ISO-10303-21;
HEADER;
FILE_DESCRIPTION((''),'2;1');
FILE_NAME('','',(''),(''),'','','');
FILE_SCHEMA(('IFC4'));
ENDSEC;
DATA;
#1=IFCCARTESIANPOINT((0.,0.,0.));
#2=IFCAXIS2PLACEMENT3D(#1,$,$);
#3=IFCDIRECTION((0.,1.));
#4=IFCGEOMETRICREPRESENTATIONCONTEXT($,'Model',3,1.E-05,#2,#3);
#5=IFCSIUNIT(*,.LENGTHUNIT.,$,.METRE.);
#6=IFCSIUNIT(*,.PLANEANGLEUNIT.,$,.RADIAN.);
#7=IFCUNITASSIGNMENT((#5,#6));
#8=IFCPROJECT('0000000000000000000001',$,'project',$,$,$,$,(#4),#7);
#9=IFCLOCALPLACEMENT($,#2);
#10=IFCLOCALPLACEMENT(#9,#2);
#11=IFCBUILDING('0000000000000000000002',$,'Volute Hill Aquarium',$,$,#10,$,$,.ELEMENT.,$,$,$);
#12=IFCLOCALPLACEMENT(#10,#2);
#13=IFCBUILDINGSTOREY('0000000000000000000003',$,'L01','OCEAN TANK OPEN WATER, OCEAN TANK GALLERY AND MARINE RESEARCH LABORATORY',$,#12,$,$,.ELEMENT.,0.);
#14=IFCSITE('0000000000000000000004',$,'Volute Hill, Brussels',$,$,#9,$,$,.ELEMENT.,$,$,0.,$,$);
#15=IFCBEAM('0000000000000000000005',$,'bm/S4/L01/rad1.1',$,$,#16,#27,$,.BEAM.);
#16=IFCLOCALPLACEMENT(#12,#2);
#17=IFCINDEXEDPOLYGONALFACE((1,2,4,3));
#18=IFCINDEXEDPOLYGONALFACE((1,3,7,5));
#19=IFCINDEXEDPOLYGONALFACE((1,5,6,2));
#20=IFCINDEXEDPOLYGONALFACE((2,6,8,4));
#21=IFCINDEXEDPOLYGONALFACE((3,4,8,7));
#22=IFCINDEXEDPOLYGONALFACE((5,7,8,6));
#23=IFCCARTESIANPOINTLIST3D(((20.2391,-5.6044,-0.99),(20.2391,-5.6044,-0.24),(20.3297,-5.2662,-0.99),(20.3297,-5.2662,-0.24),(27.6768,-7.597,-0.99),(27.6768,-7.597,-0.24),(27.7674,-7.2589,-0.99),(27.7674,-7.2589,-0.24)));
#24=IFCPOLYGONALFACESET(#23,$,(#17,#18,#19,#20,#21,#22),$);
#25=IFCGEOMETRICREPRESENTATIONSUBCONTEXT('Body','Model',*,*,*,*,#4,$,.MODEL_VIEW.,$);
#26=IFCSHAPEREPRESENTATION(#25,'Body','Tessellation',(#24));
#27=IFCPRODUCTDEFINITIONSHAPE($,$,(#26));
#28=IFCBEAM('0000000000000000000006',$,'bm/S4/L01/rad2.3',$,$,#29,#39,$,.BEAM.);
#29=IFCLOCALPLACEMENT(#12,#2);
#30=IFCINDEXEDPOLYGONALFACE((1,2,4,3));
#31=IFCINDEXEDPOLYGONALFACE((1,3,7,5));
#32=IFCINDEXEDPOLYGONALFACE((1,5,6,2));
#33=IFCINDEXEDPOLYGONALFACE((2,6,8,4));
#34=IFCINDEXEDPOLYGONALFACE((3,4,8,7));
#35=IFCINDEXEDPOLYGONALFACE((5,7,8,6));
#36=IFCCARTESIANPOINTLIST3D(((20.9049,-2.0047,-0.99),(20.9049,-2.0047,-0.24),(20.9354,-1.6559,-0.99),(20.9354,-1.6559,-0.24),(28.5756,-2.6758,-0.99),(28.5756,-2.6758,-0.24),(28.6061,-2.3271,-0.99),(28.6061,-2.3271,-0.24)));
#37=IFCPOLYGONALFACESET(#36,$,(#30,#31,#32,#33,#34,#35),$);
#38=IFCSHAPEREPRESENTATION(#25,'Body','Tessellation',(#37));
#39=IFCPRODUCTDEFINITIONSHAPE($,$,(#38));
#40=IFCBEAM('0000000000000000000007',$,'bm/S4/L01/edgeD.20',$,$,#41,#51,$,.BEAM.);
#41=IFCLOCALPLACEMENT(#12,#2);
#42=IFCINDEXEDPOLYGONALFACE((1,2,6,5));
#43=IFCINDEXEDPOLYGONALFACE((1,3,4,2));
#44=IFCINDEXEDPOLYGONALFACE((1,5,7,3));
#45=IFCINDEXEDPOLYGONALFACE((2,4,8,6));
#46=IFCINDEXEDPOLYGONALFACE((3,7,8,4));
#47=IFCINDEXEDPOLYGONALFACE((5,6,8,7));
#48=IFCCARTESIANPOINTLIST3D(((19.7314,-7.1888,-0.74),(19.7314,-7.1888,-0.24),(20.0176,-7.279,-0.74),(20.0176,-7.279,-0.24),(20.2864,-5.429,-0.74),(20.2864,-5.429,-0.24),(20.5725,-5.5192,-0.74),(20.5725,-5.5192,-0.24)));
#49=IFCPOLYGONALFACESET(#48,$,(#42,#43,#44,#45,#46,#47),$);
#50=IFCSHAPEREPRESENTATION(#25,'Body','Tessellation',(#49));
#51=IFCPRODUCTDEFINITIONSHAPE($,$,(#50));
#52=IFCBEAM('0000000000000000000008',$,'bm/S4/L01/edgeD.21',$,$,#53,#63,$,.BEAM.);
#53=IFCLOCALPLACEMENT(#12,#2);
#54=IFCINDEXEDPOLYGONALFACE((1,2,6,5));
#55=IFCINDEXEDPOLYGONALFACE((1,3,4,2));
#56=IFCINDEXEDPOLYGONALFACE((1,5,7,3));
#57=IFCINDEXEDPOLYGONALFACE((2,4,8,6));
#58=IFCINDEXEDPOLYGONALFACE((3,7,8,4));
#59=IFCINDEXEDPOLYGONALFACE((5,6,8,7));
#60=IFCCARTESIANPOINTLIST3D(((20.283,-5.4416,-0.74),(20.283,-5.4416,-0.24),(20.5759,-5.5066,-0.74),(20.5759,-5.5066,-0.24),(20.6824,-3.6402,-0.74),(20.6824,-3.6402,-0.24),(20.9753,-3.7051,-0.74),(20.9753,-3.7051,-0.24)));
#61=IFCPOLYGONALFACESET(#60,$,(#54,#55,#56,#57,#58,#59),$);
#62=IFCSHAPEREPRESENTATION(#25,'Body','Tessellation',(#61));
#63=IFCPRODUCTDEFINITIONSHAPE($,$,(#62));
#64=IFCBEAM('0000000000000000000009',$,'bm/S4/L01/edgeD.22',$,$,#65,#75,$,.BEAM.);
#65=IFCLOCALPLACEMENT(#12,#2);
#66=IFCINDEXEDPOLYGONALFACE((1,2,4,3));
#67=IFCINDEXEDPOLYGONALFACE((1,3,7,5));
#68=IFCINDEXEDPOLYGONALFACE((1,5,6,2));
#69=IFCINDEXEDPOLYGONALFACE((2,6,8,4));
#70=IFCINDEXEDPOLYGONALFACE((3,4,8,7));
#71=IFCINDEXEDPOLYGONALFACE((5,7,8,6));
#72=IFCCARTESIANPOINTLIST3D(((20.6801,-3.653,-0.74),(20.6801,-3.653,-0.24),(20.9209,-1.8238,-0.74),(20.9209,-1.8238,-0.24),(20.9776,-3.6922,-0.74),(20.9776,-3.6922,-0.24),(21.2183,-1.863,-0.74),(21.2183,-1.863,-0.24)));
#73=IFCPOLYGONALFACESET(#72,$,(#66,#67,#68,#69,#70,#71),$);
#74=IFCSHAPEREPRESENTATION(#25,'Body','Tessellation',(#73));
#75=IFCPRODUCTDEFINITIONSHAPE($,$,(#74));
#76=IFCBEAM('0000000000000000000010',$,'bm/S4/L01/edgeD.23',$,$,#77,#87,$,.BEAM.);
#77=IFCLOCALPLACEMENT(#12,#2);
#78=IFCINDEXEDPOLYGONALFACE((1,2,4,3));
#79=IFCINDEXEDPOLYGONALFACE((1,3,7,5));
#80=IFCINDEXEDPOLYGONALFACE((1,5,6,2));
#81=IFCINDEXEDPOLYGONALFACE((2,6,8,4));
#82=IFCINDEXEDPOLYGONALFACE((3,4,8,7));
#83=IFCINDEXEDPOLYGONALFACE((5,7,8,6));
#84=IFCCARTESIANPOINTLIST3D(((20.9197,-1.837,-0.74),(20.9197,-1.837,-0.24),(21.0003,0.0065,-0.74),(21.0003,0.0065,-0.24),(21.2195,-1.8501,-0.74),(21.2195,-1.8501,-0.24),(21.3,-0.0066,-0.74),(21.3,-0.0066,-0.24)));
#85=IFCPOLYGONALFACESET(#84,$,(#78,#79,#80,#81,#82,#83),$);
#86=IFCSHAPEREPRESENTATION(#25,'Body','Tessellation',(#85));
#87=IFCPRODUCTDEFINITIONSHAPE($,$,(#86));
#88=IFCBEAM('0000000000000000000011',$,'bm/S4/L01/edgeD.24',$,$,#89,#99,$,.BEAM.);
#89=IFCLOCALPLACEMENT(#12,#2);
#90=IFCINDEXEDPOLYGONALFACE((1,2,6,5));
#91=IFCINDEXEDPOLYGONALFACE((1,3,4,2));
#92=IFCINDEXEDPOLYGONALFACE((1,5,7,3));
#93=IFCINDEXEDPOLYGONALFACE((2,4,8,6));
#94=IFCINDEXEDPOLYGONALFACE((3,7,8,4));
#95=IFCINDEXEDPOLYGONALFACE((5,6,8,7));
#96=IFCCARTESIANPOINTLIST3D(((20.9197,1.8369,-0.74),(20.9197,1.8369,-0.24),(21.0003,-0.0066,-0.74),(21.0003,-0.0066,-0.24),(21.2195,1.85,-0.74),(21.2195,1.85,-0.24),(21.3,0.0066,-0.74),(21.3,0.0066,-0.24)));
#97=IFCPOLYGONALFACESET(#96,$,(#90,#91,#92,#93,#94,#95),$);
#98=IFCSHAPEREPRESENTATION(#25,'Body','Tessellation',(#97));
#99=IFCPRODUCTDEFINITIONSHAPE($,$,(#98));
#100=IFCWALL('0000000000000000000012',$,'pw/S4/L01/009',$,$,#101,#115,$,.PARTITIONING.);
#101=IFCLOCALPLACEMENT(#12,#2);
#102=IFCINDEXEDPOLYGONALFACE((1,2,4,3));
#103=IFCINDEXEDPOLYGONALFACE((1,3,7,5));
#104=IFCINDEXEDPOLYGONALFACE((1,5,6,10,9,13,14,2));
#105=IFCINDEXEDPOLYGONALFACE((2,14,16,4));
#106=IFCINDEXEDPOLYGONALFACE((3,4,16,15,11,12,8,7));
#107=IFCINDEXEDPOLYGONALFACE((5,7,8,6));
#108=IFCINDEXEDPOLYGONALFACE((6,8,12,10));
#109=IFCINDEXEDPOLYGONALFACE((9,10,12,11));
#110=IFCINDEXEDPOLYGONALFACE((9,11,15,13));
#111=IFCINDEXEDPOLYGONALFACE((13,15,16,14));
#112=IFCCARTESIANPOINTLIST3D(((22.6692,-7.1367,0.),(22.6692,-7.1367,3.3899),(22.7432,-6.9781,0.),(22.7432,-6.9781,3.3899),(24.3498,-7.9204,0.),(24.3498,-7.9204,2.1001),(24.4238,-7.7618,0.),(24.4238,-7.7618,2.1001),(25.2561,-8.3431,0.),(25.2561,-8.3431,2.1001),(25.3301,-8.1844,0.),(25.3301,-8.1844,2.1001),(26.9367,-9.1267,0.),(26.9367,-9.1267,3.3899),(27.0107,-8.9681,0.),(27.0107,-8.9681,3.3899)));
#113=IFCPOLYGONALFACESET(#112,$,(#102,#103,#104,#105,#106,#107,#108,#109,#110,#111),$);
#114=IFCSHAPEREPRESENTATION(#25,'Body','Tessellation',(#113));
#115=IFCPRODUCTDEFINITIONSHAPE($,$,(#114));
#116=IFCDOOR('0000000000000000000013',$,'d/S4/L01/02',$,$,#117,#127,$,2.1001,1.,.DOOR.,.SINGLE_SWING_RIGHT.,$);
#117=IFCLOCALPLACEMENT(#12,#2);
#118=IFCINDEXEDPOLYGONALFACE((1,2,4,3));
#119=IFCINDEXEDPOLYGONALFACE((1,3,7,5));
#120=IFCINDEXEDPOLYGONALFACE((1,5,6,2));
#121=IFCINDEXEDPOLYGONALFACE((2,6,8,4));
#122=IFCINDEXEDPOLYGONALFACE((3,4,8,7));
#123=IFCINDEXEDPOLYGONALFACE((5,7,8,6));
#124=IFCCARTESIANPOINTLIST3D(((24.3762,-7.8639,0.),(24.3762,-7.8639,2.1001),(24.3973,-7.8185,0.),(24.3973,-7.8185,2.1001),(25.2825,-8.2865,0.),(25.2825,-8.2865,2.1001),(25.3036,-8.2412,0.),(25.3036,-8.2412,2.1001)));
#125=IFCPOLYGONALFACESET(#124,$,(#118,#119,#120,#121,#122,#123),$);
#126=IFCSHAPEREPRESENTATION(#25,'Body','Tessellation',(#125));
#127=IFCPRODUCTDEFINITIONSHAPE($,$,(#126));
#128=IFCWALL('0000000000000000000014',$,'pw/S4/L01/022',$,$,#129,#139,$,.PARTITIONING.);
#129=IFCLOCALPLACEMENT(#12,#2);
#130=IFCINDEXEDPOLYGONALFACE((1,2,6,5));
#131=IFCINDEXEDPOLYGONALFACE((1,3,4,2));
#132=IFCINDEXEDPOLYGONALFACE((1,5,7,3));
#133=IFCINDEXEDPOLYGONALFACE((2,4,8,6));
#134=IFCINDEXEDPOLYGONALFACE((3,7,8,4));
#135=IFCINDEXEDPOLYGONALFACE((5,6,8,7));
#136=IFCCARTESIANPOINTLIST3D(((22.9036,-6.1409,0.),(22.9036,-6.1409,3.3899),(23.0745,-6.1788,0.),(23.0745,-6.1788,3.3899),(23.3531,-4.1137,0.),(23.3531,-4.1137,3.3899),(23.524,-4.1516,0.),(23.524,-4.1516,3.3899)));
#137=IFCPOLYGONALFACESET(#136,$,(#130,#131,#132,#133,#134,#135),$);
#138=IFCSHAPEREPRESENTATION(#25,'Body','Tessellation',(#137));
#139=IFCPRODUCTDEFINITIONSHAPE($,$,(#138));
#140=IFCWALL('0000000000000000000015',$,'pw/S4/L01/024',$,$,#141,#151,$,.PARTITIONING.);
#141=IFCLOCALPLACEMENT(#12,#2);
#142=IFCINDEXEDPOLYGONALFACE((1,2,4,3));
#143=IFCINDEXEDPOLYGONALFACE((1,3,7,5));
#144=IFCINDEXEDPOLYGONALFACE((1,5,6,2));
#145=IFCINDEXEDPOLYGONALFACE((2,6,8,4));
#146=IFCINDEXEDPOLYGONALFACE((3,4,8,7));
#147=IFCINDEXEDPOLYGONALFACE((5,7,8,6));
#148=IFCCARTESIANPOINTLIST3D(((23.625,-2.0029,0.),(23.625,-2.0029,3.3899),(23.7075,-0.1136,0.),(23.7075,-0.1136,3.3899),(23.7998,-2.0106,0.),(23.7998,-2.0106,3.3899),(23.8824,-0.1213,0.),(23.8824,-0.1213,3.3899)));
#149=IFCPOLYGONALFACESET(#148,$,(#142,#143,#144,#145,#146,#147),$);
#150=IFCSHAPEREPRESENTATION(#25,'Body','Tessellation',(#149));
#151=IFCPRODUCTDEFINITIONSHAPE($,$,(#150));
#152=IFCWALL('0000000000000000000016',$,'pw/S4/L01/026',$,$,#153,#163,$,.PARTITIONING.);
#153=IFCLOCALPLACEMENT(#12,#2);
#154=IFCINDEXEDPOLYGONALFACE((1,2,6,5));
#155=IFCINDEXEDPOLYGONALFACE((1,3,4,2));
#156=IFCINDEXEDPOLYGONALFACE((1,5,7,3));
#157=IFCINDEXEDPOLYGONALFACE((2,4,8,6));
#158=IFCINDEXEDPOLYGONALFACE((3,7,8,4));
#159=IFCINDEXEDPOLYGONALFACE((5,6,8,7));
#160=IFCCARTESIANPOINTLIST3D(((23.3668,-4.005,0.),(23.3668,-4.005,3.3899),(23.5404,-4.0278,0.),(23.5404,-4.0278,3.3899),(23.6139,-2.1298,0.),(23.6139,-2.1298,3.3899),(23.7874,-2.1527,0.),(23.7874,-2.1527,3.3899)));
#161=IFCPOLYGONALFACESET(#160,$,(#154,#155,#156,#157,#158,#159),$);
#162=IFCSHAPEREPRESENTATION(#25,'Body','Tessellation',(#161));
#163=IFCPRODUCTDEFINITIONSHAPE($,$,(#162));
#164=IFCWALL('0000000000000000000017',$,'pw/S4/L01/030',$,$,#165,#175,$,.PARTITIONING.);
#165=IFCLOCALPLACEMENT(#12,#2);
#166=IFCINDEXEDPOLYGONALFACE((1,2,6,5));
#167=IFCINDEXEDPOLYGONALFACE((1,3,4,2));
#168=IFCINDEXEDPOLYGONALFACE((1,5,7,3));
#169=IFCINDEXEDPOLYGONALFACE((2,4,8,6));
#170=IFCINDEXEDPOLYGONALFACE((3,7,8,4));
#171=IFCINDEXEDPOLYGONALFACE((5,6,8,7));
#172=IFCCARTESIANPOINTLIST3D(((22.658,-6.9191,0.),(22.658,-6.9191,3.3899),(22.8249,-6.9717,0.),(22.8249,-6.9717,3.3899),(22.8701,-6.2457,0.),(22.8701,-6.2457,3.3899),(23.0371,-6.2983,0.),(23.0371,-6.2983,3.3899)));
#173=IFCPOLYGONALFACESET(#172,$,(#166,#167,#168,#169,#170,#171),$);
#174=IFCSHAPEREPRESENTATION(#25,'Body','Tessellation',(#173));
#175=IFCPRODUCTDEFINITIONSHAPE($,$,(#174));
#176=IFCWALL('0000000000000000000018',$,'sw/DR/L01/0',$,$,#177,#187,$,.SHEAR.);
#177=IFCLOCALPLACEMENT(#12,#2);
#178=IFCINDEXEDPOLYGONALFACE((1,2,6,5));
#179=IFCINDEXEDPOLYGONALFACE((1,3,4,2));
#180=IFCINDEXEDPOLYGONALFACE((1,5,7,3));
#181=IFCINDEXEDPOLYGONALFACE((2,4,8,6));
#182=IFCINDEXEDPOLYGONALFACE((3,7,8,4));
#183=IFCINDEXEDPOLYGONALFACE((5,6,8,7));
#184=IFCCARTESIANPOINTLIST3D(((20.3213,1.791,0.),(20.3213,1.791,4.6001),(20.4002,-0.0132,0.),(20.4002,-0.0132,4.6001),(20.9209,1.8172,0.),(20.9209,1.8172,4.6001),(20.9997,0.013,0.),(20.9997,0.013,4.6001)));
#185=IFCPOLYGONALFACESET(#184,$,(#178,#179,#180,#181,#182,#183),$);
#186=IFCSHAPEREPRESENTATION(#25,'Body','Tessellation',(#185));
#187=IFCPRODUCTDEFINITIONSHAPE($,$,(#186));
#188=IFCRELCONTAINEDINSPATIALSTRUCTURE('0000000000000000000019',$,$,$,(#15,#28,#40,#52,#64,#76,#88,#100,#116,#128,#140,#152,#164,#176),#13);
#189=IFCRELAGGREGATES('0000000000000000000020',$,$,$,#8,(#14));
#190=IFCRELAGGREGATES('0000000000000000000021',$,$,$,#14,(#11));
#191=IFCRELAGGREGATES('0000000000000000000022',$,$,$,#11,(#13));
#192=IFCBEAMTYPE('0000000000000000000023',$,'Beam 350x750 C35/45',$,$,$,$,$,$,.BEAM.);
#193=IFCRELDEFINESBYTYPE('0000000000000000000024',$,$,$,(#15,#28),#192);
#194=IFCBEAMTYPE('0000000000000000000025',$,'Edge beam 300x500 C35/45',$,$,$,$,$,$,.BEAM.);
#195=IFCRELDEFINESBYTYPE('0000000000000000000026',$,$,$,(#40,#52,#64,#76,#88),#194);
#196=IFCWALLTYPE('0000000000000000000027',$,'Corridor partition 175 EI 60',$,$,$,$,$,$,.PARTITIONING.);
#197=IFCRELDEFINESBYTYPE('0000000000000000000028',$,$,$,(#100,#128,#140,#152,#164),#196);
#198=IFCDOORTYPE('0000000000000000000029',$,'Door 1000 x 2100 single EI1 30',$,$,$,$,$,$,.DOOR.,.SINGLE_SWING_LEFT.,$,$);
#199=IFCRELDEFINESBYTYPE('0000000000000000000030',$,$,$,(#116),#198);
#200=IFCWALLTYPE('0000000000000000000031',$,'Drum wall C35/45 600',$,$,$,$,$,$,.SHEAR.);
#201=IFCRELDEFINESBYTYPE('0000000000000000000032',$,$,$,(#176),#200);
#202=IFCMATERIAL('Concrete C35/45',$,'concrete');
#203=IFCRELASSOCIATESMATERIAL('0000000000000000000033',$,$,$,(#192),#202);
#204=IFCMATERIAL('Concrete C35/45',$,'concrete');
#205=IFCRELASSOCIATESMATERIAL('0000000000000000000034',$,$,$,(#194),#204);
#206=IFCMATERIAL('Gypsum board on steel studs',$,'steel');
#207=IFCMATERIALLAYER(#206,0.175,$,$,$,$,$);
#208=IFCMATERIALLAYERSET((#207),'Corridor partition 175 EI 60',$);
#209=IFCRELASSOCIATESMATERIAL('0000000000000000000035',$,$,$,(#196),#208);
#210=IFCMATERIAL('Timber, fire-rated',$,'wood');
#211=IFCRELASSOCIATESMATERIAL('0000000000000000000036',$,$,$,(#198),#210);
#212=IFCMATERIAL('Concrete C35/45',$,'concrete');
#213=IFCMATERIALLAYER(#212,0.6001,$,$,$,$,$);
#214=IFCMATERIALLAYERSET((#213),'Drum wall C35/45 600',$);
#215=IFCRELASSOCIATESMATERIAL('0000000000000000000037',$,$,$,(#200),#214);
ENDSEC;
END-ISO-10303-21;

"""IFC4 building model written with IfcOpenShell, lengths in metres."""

from ifc_helpers import new_model, si_unit, direction, frame, frame_2d, origin, origin_2d, place, context, subcontext, project, spatial, rectangle, extrude, material, layer, layer_set, material_profile, profile_set, type_object, element, fill, save


model = new_model("IFC4")

# Units and contexts
model_context = context("Model", 3, precision=1e-05, world=origin(), true_north=direction((0.0, 1.0)))
body_context = subcontext(model_context, "Body", "Model", "MODEL_VIEW")
ifc_project = project(units=[si_unit("LENGTHUNIT", "METRE"), si_unit("PLANEANGLEUNIT", "RADIAN")], contexts=[model_context])

# Site, building, storey
site_placement = place(None, origin())
site = spatial("IfcSite", under=ifc_project, at=site_placement, Name="Volute Hill, Brussels", CompositionType="ELEMENT", RefElevation=0.0)
building_placement = place(site_placement, origin())
building = spatial("IfcBuilding", under=site, at=building_placement, Name="Volute Hill Aquarium", CompositionType="ELEMENT")
storey_placement = place(building_placement, origin())
storey = spatial("IfcBuildingStorey", under=building, at=storey_placement, Name="L01", Description="OCEAN TANK OPEN WATER, OCEAN TANK GALLERY AND MARINE RESEARCH LABORATORY", CompositionType="ELEMENT", Elevation=0.0)

# Beams
ifc_material_1 = material(Name="Concrete C35/45", Category="concrete")
ifc_material_profile_1 = material_profile(ifc_material_1, rectangle(XDim=0.3501, YDim=0.75, at=origin_2d()), Name="RC beam 350x750")
ifc_profile_set_1 = profile_set([ifc_material_profile_1], Name="Concrete C35/45")
beam_type_1 = type_object("IfcBeamType", Name="Beam 350x750 C35/45", PredefinedType="BEAM", material=ifc_profile_set_1)
for number, where, z_axis, x_axis, name in (
    (1, (20.2844, -5.4353, -0.615), (0.965934, -0.258787, 0.0), (0.258787, 0.965934, 0.0), "bm/S4/L01/rad1.1"),
    (2, (20.9202, -1.8303, -0.615), (0.996194, -0.087162, 0.0), (0.087162, 0.996194, 0.0), "bm/S4/L01/rad2.3"),
):
    element("IfcBeam", number, at=place(storey_placement, frame(where, z_axis=z_axis, x_axis=x_axis)), inside=storey, type_object=beam_type_1, Name=name, PredefinedType="BEAM", context=body_context, shape_type="SweptSolid", body=[
        extrude(rectangle(XDim=0.3501, YDim=0.75, at=origin_2d()), origin(), (0.0, 0.0, 1.0), 7.7),
    ])
ifc_material_2 = material(Name="Concrete C35/45", Category="concrete")
ifc_material_profile_2 = material_profile(ifc_material_2, rectangle(XDim=0.3, YDim=0.5, at=origin_2d()), Name="RC edge beam 300x500")
ifc_profile_set_2 = profile_set([ifc_material_profile_2], Name="Concrete C35/45")
beam_type_2 = type_object("IfcBeamType", Name="Edge beam 300x500 C35/45", PredefinedType="BEAM", material=ifc_profile_set_2)
for number, where, z_axis, x_axis, name in (
    (3, (19.8745, -7.2339, -0.49), (0.300745, 0.953705, 0.0), (-0.953705, 0.300745, 0.0), "bm/S4/L01/edgeD.20"),
    (4, (20.4294, -5.4741, -0.49), (0.216454, 0.976293, 0.0), (-0.976293, 0.216454, 0.0), "bm/S4/L01/edgeD.21"),
):
    element("IfcBeam", number, at=place(storey_placement, frame(where, z_axis=z_axis, x_axis=x_axis)), inside=storey, type_object=beam_type_2, Name=name, PredefinedType="BEAM", context=body_context, shape_type="SweptSolid", body=[
        extrude(rectangle(XDim=0.3, YDim=0.5, at=origin_2d()), origin(), (0.0, 0.0, 1.0), 1.8452),
    ])
beam_placement = place(storey_placement, frame((20.8289, -3.6726, -0.49), z_axis=(0.130482, 0.991451, 0.0), x_axis=(-0.991451, 0.130482, 0.0)))
element("IfcBeam", 5, at=beam_placement, inside=storey, type_object=beam_type_2, Name="bm/S4/L01/edgeD.22", PredefinedType="BEAM", context=body_context, shape_type="SweptSolid", body=[
    extrude(rectangle(XDim=0.3, YDim=0.5, at=origin_2d()), origin(), (0.0, 0.0, 1.0), 1.845),
])
for number, where, z_axis, x_axis, name in (
    (6, (21.0696, -1.8435, -0.49), (0.043661, 0.999046, 0.0), (-0.999046, 0.043661, 0.0), "bm/S4/L01/edgeD.23"),
    (7, (21.1501, 0.0, -0.49), (-0.043661, 0.999046, 0.0), (-0.999046, -0.043661, 0.0), "bm/S4/L01/edgeD.24"),
):
    element("IfcBeam", number, at=place(storey_placement, frame(where, z_axis=z_axis, x_axis=x_axis)), inside=storey, type_object=beam_type_2, Name=name, PredefinedType="BEAM", context=body_context, shape_type="SweptSolid", body=[
        extrude(rectangle(XDim=0.3, YDim=0.5, at=origin_2d()), origin(), (0.0, 0.0, 1.0), 1.8452),
    ])

# Wall, opening, door
ifc_material_3 = material(Name="Gypsum board on steel studs", Category="steel")
ifc_layer_1 = layer(ifc_material_3, 0.175)
ifc_layer_set_1 = layer_set([ifc_layer_1], Name="Corridor partition 175 EI 60")
wall_type_1 = type_object("IfcWallType", Name="Corridor partition 175 EI 60", PredefinedType="PARTITIONING", material=ifc_layer_set_1)
wall_1_placement = place(storey_placement, frame((22.7061, -7.0574, 0.0), z_axis=(0.0, 0.0, 1.0), x_axis=(0.906309, -0.422616, 0.0)))
wall_1 = element("IfcWall", 8, at=wall_1_placement, inside=storey, type_object=wall_type_1, Name="pw/S4/L01/009", PredefinedType="PARTITIONING", context=body_context, shape_type="SweptSolid", body=[
    extrude(rectangle(XDim=4.7087, YDim=0.175, at=frame_2d((2.3545, 0.0))), origin(), (0.0, 0.0, 1.0), 3.3899),
])
opening_1_placement = place(wall_1_placement, frame((1.8545, 0.0, 0.0)))
opening_1 = element("IfcOpeningElement", 9, at=opening_1_placement, cuts=wall_1, PredefinedType="OPENING", context=body_context, shape_type="SweptSolid", body=[
    extrude(rectangle(XDim=1.0, YDim=2.1001, at=frame_2d((0.5, 1.05))), frame((0.0, 0.0974, 0.0), z_axis=(0.0, -1.0, 0.0), x_axis=(1.0, 0.0, 0.0)), (0.0, 0.0, 1.0), 0.1951),
])
ifc_material_4 = material(Name="Timber, fire-rated", Category="wood")
door_type_1 = type_object("IfcDoorType", Name="Door 1000 x 2100 single EI1 30", OperationType="SINGLE_SWING_LEFT", PredefinedType="DOOR", material=ifc_material_4)
door_1_placement = place(opening_1_placement, origin())
door_1 = element("IfcDoor", 10, at=door_1_placement, inside=storey, type_object=door_type_1, Name="d/S4/L01/02", OperationType="SINGLE_SWING_RIGHT", OverallHeight=2.1001, OverallWidth=1.0, PredefinedType="DOOR", context=body_context, shape_type="SweptSolid", body=[
    extrude(rectangle(XDim=1.0, YDim=2.1001, at=frame_2d((0.5, 1.05))), frame((0.0, 0.0249, 0.0), z_axis=(0.0, -1.0, 0.0), x_axis=(1.0, 0.0, 0.0)), (0.0, 0.0, 1.0), 0.05),
])
fill(opening_1, door_1)

# Walls
wall_2_placement = place(storey_placement, frame((23.4385, -4.1328, 0.0), z_axis=(0.0, 0.0, 1.0), x_axis=(-0.21647, -0.976289, 0.0)))
element("IfcWall", 11, at=wall_2_placement, inside=storey, type_object=wall_type_1, Name="pw/S4/L01/022", PredefinedType="PARTITIONING", context=body_context, shape_type="SweptSolid", body=[
    extrude(rectangle(XDim=2.0764, YDim=0.175, at=frame_2d((1.0381, 0.0))), origin(), (0.0, 0.0, 1.0), 3.3899),
])
wall_3_placement = place(storey_placement, frame((23.7949, -0.1174, 0.0), z_axis=(0.0, 0.0, 1.0), x_axis=(-0.043633, -0.999048, 0.0)))
element("IfcWall", 12, at=wall_3_placement, inside=storey, type_object=wall_type_1, Name="pw/S4/L01/024", PredefinedType="PARTITIONING", context=body_context, shape_type="SweptSolid", body=[
    extrude(rectangle(XDim=1.8911, YDim=0.175, at=frame_2d((0.9456, 0.0))), origin(), (0.0, 0.0, 1.0), 3.3899),
])
wall_4_placement = place(storey_placement, frame((23.7007, -2.1411, 0.0), z_axis=(0.0, 0.0, 1.0), x_axis=(-0.130625, -0.991432, 0.0)))
element("IfcWall", 13, at=wall_4_placement, inside=storey, type_object=wall_type_1, Name="pw/S4/L01/026", PredefinedType="PARTITIONING", context=body_context, shape_type="SweptSolid", body=[
    extrude(rectangle(XDim=1.8914, YDim=0.175, at=frame_2d((0.9458, 0.0))), origin(), (0.0, 0.0, 1.0), 3.3899),
])
wall_5_placement = place(storey_placement, frame((22.9536, -6.272, 0.0), z_axis=(0.0, 0.0, 1.0), x_axis=(-0.300519, -0.953776, 0.0)))
element("IfcWall", 14, at=wall_5_placement, inside=storey, type_object=wall_type_1, Name="pw/S4/L01/030", PredefinedType="PARTITIONING", context=body_context, shape_type="SweptSolid", body=[
    extrude(rectangle(XDim=0.7061, YDim=0.175, at=frame_2d((0.353, 0.0))), origin(), (0.0, 0.0, 1.0), 3.3899),
])
ifc_material_5 = material(Name="Concrete C35/45", Category="concrete")
ifc_layer_2 = layer(ifc_material_5, 0.6001)
ifc_layer_set_2 = layer_set([ifc_layer_2], Name="Drum wall C35/45 600")
wall_type_2 = type_object("IfcWallType", Name="Drum wall C35/45 600", PredefinedType="SHEAR", material=ifc_layer_set_2)
wall_6_placement = place(storey_placement, frame((20.7, 0.0, 0.0), z_axis=(0.0, 0.0, 1.0), x_axis=(-0.043666, 0.999046, 0.0)))
element("IfcWall", 15, at=wall_6_placement, inside=storey, type_object=wall_type_2, Name="sw/DR/L01/0", PredefinedType="SHEAR", context=body_context, shape_type="SweptSolid", body=[
    extrude(rectangle(XDim=1.8059, YDim=0.6001, at=frame_2d((0.9028, 0.0))), origin(), (0.0, 0.0, 1.0), 4.6001),
])

save(model, "model.ifc")
